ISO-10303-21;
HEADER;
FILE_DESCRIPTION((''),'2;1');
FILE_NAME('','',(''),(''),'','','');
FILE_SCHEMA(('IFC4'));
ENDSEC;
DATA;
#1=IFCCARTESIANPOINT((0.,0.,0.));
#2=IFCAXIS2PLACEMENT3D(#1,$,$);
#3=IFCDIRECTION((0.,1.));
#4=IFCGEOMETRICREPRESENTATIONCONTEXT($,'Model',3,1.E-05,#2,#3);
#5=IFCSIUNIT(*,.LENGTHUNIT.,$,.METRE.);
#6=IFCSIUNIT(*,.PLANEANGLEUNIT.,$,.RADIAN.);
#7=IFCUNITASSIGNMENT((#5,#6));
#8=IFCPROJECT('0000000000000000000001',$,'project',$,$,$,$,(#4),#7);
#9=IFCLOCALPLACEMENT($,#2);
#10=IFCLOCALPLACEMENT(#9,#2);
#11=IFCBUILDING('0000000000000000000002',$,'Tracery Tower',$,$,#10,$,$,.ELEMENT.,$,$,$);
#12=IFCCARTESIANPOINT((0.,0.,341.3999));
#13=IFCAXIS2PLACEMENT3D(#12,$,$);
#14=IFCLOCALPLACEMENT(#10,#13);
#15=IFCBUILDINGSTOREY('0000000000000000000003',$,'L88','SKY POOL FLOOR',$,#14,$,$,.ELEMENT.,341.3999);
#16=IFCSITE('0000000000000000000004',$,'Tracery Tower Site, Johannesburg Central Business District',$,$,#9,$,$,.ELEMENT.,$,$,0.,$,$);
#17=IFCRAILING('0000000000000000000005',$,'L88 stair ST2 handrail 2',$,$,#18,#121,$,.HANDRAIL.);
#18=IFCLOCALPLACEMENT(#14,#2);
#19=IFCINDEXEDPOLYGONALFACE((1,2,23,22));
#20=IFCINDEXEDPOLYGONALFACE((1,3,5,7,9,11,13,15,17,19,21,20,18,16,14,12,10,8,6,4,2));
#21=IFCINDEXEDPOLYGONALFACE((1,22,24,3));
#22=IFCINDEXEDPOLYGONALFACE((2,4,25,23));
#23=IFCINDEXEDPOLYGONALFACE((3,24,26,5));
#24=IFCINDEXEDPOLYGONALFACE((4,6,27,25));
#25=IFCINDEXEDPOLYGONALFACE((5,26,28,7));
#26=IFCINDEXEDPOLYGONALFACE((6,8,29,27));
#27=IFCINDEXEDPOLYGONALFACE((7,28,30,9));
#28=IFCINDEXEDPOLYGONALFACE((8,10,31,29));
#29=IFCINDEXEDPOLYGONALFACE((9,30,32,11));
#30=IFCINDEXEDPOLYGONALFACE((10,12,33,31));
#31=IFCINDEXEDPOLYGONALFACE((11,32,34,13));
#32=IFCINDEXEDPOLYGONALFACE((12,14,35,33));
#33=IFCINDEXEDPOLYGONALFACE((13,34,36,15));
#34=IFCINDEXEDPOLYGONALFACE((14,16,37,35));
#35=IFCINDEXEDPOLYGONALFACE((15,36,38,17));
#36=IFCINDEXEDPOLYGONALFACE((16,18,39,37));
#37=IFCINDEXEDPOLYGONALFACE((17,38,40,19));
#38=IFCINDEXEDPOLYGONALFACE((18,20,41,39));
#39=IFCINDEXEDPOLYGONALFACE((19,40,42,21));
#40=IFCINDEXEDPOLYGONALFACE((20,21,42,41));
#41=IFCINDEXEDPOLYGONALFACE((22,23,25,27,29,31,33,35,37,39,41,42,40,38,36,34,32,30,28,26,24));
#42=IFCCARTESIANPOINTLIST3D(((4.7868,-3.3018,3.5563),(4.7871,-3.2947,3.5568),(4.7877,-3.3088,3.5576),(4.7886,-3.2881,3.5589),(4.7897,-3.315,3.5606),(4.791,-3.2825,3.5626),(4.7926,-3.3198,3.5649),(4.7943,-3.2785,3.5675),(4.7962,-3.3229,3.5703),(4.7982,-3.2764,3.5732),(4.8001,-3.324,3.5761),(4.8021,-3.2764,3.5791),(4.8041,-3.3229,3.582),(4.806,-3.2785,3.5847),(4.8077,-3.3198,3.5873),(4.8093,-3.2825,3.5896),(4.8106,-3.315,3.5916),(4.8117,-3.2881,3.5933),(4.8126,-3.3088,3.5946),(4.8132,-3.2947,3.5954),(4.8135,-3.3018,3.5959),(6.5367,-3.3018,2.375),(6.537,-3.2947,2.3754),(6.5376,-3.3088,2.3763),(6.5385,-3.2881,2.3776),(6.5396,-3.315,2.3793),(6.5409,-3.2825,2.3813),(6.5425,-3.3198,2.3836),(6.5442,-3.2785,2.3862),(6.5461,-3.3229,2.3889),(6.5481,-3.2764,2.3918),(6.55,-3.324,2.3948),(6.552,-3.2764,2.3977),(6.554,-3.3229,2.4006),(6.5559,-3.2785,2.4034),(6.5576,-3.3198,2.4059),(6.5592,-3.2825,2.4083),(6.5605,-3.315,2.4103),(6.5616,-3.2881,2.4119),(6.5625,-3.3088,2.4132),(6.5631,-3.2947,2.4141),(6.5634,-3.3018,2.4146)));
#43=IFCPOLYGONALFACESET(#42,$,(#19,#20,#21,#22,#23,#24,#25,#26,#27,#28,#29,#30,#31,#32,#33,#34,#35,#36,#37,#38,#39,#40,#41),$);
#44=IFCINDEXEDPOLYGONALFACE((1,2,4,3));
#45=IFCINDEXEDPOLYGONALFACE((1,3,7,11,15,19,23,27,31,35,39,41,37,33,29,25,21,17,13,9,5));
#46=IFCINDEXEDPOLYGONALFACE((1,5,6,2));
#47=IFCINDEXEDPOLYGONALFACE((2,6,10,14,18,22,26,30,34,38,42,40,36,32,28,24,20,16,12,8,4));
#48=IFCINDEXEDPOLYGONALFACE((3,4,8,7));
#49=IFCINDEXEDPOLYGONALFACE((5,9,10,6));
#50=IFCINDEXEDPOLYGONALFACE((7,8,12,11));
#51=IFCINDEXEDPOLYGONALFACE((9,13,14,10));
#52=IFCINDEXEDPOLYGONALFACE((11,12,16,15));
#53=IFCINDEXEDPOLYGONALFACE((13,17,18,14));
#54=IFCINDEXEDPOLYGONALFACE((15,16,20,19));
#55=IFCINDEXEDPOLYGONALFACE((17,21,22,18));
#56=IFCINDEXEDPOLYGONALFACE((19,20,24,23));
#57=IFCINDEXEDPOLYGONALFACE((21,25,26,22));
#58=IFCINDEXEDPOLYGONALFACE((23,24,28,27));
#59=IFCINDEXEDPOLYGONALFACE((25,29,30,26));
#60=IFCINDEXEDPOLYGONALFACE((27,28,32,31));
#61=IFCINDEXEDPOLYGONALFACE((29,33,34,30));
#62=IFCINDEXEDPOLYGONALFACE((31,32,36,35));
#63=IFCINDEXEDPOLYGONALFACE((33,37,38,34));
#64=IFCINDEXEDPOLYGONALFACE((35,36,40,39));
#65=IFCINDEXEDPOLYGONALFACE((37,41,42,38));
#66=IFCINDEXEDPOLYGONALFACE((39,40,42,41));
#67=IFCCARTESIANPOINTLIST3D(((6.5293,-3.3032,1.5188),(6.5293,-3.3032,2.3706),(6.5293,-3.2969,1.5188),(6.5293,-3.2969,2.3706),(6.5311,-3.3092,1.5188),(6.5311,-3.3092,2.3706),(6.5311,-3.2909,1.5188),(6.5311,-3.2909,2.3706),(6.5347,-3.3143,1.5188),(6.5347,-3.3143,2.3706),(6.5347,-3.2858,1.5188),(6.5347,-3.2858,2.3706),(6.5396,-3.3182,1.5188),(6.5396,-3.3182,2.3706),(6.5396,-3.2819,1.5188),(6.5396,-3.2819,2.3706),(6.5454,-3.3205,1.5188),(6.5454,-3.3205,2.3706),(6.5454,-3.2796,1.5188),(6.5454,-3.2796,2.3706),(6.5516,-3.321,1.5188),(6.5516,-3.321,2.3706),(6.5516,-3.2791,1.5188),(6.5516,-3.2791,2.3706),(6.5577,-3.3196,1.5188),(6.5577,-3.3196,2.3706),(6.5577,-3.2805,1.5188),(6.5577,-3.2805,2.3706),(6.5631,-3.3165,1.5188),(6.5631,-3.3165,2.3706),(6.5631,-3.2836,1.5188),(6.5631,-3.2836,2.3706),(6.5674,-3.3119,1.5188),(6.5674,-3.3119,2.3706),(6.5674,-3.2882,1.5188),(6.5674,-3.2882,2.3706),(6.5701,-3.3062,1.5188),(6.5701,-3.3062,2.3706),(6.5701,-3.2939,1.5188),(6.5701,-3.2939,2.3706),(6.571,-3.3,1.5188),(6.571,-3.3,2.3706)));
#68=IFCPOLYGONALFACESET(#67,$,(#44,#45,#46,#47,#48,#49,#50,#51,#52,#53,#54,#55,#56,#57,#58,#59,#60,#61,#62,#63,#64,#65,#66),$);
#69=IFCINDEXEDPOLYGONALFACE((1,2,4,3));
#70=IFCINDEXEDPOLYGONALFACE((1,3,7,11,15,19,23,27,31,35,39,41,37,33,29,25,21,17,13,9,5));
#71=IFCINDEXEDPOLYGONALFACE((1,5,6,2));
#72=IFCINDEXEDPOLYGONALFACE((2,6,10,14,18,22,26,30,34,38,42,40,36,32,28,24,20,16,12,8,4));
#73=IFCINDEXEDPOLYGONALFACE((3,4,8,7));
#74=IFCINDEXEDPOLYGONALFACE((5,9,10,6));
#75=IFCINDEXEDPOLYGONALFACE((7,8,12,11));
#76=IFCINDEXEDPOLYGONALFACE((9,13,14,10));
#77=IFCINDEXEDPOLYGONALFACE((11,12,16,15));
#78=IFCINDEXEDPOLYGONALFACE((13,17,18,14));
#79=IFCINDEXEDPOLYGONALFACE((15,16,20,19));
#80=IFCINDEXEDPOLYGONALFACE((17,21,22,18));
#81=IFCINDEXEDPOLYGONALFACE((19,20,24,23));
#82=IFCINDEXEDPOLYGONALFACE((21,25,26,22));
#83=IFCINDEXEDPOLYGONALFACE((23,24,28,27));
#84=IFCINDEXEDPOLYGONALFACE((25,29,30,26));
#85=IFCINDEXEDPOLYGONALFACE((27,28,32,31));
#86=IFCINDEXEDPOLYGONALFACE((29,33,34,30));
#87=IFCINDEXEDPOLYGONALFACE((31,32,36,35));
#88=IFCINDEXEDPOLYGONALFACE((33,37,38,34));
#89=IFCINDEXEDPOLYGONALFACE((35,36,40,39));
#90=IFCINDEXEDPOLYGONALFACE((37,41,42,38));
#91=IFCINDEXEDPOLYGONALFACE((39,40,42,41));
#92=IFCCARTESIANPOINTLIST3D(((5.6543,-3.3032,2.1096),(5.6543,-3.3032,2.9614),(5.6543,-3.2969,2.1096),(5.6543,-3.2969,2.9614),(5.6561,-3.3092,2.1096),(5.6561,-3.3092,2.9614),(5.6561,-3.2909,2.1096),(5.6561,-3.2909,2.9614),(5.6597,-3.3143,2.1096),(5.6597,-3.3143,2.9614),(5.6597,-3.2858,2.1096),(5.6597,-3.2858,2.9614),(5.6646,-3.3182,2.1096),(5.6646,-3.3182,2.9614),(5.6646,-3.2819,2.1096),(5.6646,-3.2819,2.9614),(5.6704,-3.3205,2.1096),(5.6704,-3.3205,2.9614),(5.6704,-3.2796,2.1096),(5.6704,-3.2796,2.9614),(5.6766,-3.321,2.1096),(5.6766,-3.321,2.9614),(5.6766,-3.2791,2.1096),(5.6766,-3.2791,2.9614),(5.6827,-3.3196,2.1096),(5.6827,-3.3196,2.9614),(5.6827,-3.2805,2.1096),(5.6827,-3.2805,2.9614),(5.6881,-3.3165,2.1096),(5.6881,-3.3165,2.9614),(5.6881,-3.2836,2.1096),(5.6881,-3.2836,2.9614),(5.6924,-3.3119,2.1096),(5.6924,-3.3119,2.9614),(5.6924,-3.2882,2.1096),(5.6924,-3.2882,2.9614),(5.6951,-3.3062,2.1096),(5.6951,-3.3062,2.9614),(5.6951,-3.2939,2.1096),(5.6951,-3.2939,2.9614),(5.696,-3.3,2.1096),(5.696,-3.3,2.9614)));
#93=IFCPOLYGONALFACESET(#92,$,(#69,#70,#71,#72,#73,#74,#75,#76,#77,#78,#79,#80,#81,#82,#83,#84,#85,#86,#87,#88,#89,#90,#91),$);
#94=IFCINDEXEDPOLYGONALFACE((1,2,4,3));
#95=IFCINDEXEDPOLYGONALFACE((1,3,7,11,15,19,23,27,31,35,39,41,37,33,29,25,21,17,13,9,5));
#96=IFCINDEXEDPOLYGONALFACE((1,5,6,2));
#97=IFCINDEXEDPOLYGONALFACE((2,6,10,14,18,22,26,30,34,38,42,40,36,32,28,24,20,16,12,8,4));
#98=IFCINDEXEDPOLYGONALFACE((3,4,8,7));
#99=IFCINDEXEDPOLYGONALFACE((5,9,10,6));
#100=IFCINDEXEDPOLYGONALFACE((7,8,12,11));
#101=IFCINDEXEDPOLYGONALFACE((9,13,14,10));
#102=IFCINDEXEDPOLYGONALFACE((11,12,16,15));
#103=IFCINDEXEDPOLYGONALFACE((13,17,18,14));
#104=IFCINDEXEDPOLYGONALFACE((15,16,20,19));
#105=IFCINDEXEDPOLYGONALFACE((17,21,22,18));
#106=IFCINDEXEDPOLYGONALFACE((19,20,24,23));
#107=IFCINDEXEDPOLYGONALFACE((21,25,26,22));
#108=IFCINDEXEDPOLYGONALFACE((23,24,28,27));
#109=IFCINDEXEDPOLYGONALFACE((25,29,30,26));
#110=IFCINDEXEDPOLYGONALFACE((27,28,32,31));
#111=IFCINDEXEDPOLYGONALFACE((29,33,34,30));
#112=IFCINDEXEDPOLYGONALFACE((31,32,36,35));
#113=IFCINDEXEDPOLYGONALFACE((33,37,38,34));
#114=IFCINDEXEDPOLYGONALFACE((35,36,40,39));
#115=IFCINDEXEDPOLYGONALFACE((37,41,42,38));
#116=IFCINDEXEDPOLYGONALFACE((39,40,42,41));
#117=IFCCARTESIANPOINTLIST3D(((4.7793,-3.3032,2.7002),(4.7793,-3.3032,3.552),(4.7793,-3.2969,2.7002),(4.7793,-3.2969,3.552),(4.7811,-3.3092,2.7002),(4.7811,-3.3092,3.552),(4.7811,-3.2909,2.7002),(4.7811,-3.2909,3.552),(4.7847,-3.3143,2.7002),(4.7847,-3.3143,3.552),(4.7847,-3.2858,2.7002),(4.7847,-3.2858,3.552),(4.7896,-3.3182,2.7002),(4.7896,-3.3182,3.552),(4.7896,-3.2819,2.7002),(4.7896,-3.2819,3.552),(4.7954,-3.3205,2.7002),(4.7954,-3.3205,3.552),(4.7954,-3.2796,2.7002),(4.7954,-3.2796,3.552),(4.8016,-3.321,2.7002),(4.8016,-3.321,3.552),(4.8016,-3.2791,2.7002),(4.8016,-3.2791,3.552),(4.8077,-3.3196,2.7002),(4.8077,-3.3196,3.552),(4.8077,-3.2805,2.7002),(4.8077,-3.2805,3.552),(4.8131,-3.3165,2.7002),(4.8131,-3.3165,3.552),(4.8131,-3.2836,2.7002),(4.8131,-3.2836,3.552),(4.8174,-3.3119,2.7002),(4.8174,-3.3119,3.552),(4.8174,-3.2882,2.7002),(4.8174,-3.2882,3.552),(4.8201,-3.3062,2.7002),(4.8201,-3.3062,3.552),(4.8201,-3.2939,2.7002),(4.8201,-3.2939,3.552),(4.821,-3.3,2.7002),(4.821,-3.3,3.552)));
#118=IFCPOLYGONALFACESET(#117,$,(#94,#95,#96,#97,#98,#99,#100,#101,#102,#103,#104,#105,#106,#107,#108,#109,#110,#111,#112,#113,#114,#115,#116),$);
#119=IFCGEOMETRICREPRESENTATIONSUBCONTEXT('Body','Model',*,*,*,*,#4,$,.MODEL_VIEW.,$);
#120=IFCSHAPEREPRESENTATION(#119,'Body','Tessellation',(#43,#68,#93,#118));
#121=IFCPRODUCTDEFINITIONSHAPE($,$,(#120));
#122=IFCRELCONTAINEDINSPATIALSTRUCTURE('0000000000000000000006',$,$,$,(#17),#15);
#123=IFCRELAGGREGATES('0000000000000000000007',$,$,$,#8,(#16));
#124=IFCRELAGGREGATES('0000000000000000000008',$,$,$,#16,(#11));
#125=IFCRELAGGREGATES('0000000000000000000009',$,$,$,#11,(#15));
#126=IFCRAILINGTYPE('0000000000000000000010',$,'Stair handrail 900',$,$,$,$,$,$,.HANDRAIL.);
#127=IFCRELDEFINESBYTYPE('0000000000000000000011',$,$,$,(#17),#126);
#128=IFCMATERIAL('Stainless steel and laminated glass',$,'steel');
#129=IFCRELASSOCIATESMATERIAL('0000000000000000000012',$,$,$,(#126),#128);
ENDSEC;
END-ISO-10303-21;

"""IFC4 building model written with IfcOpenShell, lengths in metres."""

from ifc_helpers import new_model, si_unit, direction, frame, origin, origin_2d, place, context, subcontext, project, spatial, circle, extrude, material, type_object, element, save


model = new_model("IFC4")

# Units and contexts
model_context = context("Model", 3, precision=1e-05, world=origin(), true_north=direction((0.0, 1.0)))
body_context = subcontext(model_context, "Body", "Model", "MODEL_VIEW")
ifc_project = project(units=[si_unit("LENGTHUNIT", "METRE"), si_unit("PLANEANGLEUNIT", "RADIAN")], contexts=[model_context])

# Site, building, storey
site_placement = place(None, origin())
site = spatial("IfcSite", under=ifc_project, at=site_placement, Name="Tracery Tower Site, Johannesburg Central Business District", CompositionType="ELEMENT", RefElevation=0.0)
building_placement = place(site_placement, origin())
building = spatial("IfcBuilding", under=site, at=building_placement, Name="Tracery Tower", CompositionType="ELEMENT")
storey_placement = place(building_placement, frame((0.0, 0.0, 341.3999)))
storey = spatial("IfcBuildingStorey", under=building, at=storey_placement, Name="L88", Description="SKY POOL FLOOR", CompositionType="ELEMENT", Elevation=341.3999)

# Railing
ifc_material_1 = material(Name="Stainless steel and laminated glass", Category="steel")
railing_type_1 = type_object("IfcRailingType", Name="Stair handrail 900", PredefinedType="HANDRAIL", material=ifc_material_1)
railing_1_placement = place(storey_placement, frame((6.55, -3.3, 1.5188)))
element("IfcRailing", 1, at=railing_1_placement, inside=storey, type_object=railing_type_1, Name="L88 stair ST2 handrail 2", PredefinedType="HANDRAIL", context=body_context, shape_type="SweptSolid", body=[
    extrude(circle(Radius=0.0239, at=origin_2d()), frame((0.0, 0.0, 0.876), z_axis=(-0.828817, 0.0, 0.559521), x_axis=(0.0, -1.0, 0.0)), (0.0, 0.0, 1.0), 2.1113),
    extrude(circle(Radius=0.021, at=origin_2d()), origin(), (0.0, 0.0, 1.0), 0.8518),
    extrude(circle(Radius=0.021, at=origin_2d()), frame((-0.875, 0.0, 0.5908)), (0.0, 0.0, 1.0), 0.8518),
    extrude(circle(Radius=0.021, at=origin_2d()), frame((-1.75, 0.0, 1.1814)), (0.0, 0.0, 1.0), 0.8518),
])

save(model, "model.ifc")
